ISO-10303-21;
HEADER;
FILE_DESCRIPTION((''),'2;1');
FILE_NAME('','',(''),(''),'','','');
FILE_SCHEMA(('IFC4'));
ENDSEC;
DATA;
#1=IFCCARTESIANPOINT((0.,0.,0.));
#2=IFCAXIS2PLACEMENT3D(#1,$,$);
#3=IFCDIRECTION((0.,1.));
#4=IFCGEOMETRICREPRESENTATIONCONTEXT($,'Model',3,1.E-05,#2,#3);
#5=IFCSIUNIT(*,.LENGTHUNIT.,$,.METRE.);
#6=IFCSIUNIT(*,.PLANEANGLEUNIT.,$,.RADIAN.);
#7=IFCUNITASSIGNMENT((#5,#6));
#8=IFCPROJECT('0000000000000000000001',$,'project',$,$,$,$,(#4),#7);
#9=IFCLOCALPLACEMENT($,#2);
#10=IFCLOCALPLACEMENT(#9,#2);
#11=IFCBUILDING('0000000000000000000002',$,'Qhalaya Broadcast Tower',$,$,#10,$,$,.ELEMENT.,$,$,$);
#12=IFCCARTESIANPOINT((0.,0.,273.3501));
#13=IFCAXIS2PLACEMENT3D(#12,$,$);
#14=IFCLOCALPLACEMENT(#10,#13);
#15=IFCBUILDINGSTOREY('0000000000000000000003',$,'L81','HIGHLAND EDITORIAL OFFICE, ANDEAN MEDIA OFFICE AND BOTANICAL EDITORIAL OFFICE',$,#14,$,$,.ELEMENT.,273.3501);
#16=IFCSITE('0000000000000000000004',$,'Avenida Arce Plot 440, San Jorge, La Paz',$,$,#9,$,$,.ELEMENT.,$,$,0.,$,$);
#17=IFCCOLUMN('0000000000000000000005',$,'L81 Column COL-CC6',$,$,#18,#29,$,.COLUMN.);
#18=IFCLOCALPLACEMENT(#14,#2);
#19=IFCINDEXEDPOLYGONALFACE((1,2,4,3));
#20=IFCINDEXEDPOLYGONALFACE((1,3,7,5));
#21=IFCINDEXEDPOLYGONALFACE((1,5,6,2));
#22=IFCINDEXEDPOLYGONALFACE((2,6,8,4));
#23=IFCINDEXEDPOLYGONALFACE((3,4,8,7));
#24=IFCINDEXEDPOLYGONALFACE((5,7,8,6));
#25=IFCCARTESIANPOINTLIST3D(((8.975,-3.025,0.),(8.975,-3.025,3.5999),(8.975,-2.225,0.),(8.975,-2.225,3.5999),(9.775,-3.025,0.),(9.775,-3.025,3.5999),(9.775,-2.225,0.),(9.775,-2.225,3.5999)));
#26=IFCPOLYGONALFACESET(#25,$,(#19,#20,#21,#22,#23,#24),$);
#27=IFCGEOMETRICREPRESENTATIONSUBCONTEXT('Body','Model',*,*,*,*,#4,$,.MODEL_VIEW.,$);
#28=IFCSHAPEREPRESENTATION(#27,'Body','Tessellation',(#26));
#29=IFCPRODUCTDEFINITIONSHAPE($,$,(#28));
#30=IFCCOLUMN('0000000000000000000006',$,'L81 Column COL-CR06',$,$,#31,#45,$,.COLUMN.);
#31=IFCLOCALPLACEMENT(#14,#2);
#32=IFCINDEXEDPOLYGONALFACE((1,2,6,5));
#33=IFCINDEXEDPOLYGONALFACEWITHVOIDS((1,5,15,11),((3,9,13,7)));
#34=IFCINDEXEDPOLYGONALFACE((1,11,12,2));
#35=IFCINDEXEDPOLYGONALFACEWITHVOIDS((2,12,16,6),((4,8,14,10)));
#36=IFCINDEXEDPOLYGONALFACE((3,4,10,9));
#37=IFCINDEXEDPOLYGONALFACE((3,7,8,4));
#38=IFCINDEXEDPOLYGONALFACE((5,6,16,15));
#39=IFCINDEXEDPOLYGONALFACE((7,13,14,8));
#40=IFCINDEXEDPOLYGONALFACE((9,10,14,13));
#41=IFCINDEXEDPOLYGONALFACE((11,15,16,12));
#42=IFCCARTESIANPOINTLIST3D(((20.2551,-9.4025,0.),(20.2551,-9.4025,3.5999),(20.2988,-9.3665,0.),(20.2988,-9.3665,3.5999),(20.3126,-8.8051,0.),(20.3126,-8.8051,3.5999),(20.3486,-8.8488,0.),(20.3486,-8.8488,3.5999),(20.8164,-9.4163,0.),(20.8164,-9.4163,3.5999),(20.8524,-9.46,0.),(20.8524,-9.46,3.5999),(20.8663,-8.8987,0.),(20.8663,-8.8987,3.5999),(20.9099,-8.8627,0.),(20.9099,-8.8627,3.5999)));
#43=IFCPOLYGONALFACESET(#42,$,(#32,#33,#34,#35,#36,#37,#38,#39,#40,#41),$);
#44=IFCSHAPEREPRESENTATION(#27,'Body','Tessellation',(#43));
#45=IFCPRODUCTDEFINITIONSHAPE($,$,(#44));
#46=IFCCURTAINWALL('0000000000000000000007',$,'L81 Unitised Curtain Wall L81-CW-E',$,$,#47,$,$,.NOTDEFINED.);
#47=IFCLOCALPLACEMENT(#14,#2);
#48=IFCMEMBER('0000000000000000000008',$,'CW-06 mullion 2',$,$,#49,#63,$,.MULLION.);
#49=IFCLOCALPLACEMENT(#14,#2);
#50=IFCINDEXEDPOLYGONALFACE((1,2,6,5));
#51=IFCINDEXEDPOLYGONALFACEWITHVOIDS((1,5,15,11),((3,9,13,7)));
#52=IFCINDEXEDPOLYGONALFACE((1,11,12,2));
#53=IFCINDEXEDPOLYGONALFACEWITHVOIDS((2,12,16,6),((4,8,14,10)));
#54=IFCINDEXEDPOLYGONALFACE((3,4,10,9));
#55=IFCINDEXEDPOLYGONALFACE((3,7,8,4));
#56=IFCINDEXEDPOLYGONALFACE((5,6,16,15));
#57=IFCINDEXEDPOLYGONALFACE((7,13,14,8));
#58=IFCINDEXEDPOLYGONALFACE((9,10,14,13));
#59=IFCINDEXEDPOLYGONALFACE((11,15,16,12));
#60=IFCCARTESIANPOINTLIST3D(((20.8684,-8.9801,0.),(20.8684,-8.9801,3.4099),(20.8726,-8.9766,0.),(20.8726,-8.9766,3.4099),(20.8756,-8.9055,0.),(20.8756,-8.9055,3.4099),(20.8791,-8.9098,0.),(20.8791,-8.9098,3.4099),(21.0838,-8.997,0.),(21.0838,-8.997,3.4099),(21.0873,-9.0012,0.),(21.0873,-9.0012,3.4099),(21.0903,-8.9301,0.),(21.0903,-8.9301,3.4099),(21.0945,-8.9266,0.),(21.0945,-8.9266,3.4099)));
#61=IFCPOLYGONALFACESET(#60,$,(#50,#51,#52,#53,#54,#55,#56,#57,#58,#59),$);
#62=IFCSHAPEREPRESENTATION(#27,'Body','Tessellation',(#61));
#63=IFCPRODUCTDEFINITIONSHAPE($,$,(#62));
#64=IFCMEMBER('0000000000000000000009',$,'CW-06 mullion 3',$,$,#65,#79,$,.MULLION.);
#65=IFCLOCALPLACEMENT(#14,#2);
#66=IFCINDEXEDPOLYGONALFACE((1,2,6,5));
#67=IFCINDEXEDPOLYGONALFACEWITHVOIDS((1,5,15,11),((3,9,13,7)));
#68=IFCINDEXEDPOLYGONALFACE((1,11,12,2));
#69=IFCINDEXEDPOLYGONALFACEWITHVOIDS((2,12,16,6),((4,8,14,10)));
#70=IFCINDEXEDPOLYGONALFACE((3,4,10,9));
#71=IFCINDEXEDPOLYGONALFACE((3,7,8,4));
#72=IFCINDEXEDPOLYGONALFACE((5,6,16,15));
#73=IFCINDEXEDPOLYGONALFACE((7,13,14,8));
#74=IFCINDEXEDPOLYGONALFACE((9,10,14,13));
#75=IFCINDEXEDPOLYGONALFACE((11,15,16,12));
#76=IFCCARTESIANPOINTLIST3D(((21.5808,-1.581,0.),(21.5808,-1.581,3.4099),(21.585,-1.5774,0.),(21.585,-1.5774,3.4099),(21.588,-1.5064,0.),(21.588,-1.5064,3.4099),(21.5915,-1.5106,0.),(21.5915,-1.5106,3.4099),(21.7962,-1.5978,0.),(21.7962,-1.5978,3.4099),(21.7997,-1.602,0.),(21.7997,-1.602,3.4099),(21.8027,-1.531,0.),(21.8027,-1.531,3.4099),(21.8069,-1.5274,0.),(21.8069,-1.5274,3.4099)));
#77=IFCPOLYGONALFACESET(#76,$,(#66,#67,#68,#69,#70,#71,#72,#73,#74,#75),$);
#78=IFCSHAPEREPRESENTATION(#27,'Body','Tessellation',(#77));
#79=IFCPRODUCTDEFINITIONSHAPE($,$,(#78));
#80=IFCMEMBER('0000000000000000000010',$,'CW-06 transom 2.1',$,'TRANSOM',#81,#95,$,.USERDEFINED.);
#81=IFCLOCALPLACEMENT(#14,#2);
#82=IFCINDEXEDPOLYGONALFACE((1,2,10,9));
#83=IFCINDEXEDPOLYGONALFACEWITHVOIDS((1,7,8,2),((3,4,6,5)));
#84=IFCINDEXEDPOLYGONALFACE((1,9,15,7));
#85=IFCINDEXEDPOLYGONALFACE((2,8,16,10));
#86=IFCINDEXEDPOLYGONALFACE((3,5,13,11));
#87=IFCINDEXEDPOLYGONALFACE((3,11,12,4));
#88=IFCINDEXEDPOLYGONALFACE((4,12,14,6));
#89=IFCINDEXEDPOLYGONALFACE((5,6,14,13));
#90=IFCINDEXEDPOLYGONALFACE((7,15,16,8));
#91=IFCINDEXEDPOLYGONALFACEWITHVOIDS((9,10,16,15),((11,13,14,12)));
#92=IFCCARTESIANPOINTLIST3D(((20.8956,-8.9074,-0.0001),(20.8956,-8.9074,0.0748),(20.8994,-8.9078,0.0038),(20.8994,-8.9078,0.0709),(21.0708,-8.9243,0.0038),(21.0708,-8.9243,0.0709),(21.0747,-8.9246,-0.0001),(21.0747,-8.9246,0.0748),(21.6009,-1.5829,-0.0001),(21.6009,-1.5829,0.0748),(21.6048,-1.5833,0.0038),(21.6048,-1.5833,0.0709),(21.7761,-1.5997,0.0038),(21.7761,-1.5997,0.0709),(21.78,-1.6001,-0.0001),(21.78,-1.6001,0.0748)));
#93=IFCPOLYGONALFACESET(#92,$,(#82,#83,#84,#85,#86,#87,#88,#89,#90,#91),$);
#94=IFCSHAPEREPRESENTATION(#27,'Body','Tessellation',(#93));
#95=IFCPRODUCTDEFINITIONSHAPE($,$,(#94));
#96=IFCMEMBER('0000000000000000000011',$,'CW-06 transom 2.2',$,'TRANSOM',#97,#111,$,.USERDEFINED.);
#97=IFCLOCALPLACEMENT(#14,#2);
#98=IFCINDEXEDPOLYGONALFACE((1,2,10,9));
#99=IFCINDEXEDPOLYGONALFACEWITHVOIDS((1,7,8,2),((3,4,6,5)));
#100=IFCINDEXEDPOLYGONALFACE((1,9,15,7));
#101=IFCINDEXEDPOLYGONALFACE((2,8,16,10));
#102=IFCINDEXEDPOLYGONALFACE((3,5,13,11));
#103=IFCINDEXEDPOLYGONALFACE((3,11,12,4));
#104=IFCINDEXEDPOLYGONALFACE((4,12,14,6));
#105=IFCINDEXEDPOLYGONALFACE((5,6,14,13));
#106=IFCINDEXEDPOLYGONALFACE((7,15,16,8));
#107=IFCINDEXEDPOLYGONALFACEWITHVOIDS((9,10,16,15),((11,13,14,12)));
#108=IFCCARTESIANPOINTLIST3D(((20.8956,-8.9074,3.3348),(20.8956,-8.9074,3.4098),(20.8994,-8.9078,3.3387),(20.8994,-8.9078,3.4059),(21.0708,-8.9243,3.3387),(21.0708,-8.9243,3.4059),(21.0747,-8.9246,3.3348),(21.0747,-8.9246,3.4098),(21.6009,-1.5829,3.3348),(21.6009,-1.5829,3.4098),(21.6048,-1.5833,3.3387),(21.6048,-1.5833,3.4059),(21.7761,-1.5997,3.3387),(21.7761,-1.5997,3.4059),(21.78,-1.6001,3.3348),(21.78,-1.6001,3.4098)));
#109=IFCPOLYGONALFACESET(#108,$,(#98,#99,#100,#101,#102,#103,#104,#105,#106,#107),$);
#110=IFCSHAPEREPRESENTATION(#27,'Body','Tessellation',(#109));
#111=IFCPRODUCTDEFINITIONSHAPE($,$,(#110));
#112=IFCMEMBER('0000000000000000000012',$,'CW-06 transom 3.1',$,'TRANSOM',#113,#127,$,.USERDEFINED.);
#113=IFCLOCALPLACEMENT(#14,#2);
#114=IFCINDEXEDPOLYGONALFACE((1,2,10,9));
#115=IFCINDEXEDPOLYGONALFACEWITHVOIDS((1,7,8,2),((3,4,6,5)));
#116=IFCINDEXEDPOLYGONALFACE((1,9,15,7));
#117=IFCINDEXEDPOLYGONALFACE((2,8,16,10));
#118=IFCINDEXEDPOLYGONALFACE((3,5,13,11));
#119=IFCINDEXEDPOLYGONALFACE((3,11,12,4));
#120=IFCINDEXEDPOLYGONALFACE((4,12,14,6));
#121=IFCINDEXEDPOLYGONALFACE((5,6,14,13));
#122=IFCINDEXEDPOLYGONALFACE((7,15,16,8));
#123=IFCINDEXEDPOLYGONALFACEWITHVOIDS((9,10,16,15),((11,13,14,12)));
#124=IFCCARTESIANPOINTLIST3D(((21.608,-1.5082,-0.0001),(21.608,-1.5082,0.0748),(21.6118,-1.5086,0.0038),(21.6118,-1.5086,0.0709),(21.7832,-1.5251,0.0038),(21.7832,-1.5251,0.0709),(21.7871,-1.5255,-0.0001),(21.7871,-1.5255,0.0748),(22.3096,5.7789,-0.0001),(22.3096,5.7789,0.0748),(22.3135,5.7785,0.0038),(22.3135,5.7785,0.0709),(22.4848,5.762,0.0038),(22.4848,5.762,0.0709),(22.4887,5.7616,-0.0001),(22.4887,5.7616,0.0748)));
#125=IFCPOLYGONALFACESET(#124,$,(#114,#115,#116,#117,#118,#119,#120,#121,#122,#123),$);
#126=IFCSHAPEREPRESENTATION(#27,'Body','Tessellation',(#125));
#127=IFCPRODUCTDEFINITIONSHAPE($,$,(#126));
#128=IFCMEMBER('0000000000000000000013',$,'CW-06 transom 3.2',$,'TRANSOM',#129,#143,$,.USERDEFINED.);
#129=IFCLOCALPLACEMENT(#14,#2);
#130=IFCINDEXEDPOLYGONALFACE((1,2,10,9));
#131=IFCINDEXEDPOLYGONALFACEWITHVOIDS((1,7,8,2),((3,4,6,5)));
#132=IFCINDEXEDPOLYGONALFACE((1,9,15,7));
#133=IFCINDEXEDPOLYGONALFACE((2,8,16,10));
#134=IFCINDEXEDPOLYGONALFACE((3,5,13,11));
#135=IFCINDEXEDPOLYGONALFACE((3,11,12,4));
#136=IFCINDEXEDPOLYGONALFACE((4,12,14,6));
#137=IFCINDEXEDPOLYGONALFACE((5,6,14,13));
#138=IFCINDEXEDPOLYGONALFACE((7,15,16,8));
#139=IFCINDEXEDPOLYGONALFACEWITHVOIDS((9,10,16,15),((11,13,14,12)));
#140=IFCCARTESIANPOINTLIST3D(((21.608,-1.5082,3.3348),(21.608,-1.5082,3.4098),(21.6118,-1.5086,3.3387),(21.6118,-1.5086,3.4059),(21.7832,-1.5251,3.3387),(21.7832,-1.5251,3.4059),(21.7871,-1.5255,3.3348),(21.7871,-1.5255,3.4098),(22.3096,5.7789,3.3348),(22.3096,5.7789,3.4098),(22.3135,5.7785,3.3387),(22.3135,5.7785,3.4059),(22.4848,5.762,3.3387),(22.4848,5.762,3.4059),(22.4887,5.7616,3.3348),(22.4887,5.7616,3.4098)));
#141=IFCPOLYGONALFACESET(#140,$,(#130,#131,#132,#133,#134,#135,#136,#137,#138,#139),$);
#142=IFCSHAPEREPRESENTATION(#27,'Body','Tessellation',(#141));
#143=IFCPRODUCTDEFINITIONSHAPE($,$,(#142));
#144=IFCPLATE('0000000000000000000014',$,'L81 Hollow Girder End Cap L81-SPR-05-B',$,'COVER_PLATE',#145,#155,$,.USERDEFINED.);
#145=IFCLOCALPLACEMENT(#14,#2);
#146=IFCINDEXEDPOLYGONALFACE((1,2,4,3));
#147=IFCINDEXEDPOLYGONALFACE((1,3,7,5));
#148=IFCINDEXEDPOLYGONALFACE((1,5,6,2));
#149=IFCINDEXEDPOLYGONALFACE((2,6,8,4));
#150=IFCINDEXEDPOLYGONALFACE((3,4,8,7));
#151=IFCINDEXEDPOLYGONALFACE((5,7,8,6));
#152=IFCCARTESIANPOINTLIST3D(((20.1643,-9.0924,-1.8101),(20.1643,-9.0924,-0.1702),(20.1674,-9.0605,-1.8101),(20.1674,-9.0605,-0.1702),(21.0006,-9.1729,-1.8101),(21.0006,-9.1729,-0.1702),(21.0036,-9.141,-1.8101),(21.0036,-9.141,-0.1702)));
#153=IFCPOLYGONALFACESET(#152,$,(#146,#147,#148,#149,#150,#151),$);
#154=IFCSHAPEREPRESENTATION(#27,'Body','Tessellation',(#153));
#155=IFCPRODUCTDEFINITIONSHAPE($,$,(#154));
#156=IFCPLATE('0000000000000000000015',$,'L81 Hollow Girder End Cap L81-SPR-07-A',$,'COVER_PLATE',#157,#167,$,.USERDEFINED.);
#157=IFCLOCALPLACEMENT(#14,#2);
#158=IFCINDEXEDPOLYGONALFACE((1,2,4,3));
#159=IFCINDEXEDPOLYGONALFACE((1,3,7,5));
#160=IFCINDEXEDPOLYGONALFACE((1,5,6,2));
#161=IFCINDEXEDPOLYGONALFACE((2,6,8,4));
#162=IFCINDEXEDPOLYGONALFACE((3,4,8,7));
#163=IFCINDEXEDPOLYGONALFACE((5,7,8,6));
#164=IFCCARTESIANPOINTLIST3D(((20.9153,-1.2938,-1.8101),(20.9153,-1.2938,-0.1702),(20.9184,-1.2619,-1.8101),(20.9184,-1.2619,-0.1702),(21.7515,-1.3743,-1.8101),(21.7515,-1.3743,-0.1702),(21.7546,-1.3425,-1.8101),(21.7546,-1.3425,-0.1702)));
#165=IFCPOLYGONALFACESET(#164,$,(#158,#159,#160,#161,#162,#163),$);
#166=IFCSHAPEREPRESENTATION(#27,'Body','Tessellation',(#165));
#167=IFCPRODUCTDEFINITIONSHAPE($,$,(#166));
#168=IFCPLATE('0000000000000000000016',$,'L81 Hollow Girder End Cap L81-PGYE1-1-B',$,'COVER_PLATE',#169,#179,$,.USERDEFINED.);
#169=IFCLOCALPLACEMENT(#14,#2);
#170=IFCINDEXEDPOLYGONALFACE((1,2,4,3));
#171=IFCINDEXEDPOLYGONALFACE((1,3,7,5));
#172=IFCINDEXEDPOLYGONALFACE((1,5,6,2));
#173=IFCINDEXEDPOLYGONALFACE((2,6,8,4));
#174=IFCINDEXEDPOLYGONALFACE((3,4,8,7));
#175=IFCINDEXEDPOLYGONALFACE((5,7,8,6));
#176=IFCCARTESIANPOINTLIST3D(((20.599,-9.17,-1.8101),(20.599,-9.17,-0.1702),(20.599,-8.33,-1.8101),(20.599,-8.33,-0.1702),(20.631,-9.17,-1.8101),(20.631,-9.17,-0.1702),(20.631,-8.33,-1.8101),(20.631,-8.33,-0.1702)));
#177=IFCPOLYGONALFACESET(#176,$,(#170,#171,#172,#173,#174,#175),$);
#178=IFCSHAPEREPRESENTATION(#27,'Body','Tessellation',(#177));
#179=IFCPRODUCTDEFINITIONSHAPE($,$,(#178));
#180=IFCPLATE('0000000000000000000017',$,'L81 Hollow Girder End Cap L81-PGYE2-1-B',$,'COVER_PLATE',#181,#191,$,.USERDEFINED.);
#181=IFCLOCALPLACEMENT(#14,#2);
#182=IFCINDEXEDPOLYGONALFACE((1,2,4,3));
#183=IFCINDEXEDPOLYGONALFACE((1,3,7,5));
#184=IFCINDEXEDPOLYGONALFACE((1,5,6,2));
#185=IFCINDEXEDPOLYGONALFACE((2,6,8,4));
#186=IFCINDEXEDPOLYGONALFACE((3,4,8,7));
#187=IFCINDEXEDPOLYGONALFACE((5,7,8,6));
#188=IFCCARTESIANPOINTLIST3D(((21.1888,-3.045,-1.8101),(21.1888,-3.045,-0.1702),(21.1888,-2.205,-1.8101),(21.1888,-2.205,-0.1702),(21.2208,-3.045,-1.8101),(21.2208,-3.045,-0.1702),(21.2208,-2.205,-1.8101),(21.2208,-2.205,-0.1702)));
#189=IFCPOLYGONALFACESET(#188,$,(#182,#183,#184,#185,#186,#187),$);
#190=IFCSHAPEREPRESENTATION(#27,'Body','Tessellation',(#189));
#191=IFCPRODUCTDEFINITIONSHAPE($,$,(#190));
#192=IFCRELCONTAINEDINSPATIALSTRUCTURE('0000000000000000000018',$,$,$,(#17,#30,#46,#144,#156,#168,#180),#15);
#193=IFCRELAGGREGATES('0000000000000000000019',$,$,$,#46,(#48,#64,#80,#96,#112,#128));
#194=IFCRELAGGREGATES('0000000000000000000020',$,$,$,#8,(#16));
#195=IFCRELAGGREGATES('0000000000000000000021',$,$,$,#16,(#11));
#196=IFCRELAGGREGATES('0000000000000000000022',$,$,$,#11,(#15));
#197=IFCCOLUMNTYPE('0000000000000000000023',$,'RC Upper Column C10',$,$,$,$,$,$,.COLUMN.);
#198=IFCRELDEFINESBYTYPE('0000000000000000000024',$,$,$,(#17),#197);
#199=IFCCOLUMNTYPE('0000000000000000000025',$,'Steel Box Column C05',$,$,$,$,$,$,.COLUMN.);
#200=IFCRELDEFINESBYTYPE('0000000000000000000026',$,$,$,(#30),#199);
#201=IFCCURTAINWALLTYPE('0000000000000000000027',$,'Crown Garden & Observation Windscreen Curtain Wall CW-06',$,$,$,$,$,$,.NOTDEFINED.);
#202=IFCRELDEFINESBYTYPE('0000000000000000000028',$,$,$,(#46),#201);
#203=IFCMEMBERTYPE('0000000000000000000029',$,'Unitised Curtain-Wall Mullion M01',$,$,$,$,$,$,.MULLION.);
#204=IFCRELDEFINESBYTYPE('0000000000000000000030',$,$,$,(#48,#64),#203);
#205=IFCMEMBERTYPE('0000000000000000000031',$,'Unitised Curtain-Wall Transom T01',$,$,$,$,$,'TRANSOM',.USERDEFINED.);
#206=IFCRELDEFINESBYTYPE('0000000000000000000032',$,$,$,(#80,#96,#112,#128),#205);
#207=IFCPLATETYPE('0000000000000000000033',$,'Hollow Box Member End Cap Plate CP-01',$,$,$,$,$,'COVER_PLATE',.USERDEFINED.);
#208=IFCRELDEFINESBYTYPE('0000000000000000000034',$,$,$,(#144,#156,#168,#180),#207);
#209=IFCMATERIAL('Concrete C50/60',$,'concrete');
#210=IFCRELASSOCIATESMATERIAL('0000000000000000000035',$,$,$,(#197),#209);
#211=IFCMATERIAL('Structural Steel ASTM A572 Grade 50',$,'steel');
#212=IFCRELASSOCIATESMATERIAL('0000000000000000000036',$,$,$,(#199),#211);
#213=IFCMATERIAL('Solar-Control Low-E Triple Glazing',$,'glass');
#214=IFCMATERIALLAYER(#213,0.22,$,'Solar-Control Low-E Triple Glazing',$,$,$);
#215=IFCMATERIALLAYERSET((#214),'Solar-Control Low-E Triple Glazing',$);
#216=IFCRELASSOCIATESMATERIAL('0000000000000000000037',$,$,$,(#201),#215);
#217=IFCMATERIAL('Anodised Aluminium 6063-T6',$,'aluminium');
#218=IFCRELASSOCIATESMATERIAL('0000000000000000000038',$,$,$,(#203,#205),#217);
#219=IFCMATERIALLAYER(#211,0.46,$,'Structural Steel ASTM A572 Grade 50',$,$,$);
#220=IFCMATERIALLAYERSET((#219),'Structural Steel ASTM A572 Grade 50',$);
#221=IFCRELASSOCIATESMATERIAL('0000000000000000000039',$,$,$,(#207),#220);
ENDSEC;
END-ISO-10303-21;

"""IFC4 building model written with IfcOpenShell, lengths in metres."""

from ifc_helpers import new_model, si_unit, direction, frame, origin, origin_2d, place, context, subcontext, project, spatial, rectangle, hollow_rectangle, extrude, material, layer, layer_set, material_profile, profile_set, type_object, element, aggregate, save


model = new_model("IFC4")

# Units and contexts
model_context = context("Model", 3, precision=1e-05, world=origin(), true_north=direction((0.0, 1.0)))
body_context = subcontext(model_context, "Body", "Model", "MODEL_VIEW")
ifc_project = project(units=[si_unit("LENGTHUNIT", "METRE"), si_unit("PLANEANGLEUNIT", "RADIAN")], contexts=[model_context])

# Site, building, storey
site_placement = place(None, origin())
site = spatial("IfcSite", under=ifc_project, at=site_placement, Name="Avenida Arce Plot 440, San Jorge, La Paz", CompositionType="ELEMENT", RefElevation=0.0)
building_placement = place(site_placement, origin())
building = spatial("IfcBuilding", under=site, at=building_placement, Name="Qhalaya Broadcast Tower", CompositionType="ELEMENT")
storey_placement = place(building_placement, frame((0.0, 0.0, 273.3501)))
storey = spatial("IfcBuildingStorey", under=building, at=storey_placement, Name="L81", Description="HIGHLAND EDITORIAL OFFICE, ANDEAN MEDIA OFFICE AND BOTANICAL EDITORIAL OFFICE", CompositionType="ELEMENT", Elevation=273.3501)

# Columns
ifc_material_1 = material(Name="Concrete C50/60", Category="concrete")
ifc_material_profile_1 = material_profile(ifc_material_1, rectangle(XDim=0.8, YDim=0.8, at=origin_2d()), Name="RC-COL 800x800")
ifc_profile_set_1 = profile_set([ifc_material_profile_1], Name="Concrete C50/60")
column_type_1 = type_object("IfcColumnType", Name="RC Upper Column C10", PredefinedType="COLUMN", material=ifc_profile_set_1)
column_1_placement = place(storey_placement, frame((9.375, -2.625, 0.0), z_axis=(0.0, 0.0, 1.0), x_axis=(1.0, 0.0, 0.0)))
element("IfcColumn", 1, at=column_1_placement, inside=storey, type_object=column_type_1, Name="L81 Column COL-CC6", PredefinedType="COLUMN", context=body_context, shape_type="SweptSolid", body=[
    extrude(rectangle(XDim=0.8, YDim=0.8, at=origin_2d()), origin(), (0.0, 0.0, 1.0), 3.5999),
])
ifc_material_2 = material(Name="Structural Steel ASTM A572 Grade 50", Category="steel")
ifc_material_profile_2 = material_profile(ifc_material_2, hollow_rectangle(XDim=0.6001, YDim=0.6001, WallThickness=0.04, at=origin_2d()), Name="BOX 600x600x40")
ifc_profile_set_2 = profile_set([ifc_material_profile_2], Name="Structural Steel ASTM A572 Grade 50")
column_type_2 = type_object("IfcColumnType", Name="Steel Box Column C05", PredefinedType="COLUMN", material=ifc_profile_set_2)
column_2_placement = place(storey_placement, frame((20.5825, -9.1326, 0.0), z_axis=(0.0, 0.0, 1.0), x_axis=(0.095846, 0.995396, 0.0)))
element("IfcColumn", 2, at=column_2_placement, inside=storey, type_object=column_type_2, Name="L81 Column COL-CR06", PredefinedType="COLUMN", context=body_context, shape_type="SweptSolid", body=[
    extrude(hollow_rectangle(XDim=0.6001, YDim=0.6001, WallThickness=0.04, at=origin_2d()), origin(), (0.0, 0.0, 1.0), 3.5999),
])

# Curtain wall, members
ifc_material_3 = material(Name="Solar-Control Low-E Triple Glazing", Category="glass")
ifc_layer_1 = layer(ifc_material_3, 0.22, Name="Solar-Control Low-E Triple Glazing")
ifc_layer_set_1 = layer_set([ifc_layer_1], Name="Solar-Control Low-E Triple Glazing")
curtain_wall_type = type_object("IfcCurtainWallType", Name="Crown Garden & Observation Windscreen Curtain Wall CW-06", PredefinedType="NOTDEFINED", material=ifc_layer_set_1)
curtain_wall_placement = place(storey_placement, origin())
curtain_wall = element("IfcCurtainWall", 3, at=curtain_wall_placement, inside=storey, type_object=curtain_wall_type, Name="L81 Unitised Curtain Wall L81-CW-E", PredefinedType="NOTDEFINED")
ifc_material_4 = material(Name="Anodised Aluminium 6063-T6", Category="aluminium")
ifc_material_profile_3 = material_profile(ifc_material_4, hollow_rectangle(XDim=0.075, YDim=0.22, WallThickness=0.0039, at=origin_2d()), Name="ALU-MUL 75x220x4")
ifc_profile_set_3 = profile_set([ifc_material_profile_3], Name="Anodised Aluminium 6063-T6")
member_type_1 = type_object("IfcMemberType", Name="Unitised Curtain-Wall Mullion M01", PredefinedType="MULLION", material=ifc_profile_set_3)
member_1_placement = place(storey_placement, frame((20.9814, -8.9534, 0.0), z_axis=(0.0, 0.0, 1.0), x_axis=(0.095848, 0.995396, 0.0)))
member_1 = element("IfcMember", 4, at=member_1_placement, type_object=member_type_1, Name="CW-06 mullion 2", PredefinedType="MULLION", context=body_context, shape_type="SweptSolid", body=[
    extrude(hollow_rectangle(XDim=0.075, YDim=0.22, WallThickness=0.0039, at=origin_2d()), origin(), (0.0, 0.0, 1.0), 3.4099),
])
member_2_placement = place(storey_placement, frame((21.6938, -1.5542, 0.0), z_axis=(0.0, 0.0, 1.0), x_axis=(0.095848, 0.995396, 0.0)))
member_2 = element("IfcMember", 5, at=member_2_placement, type_object=member_type_1, Name="CW-06 mullion 3", PredefinedType="MULLION", context=body_context, shape_type="SweptSolid", body=[
    extrude(hollow_rectangle(XDim=0.075, YDim=0.22, WallThickness=0.0039, at=origin_2d()), origin(), (0.0, 0.0, 1.0), 3.4099),
])
ifc_material_profile_4 = material_profile(ifc_material_4, hollow_rectangle(XDim=0.075, YDim=0.1799, WallThickness=0.0039, at=origin_2d()), Name="ALU-TRN 75x180x4")
ifc_profile_set_4 = profile_set([ifc_material_profile_4], Name="Anodised Aluminium 6063-T6")
member_type_2 = type_object("IfcMemberType", Name="Unitised Curtain-Wall Transom T01", ElementType="TRANSOM", PredefinedType="USERDEFINED", material=ifc_profile_set_4)
member_3_placement = place(storey_placement, frame((20.9851, -8.916, 0.0374), z_axis=(0.095853, 0.995395, 0.0), x_axis=(0.0, 0.0, 1.0)))
member_3 = element("IfcMember", 6, at=member_3_placement, type_object=member_type_2, Name="CW-06 transom 2.1", ObjectType="TRANSOM", PredefinedType="USERDEFINED", context=body_context, shape_type="SweptSolid", body=[
    extrude(hollow_rectangle(XDim=0.075, YDim=0.1799, WallThickness=0.0039, at=origin_2d()), origin(), (0.0, 0.0, 1.0), 7.3584),
])
member_4_placement = place(storey_placement, frame((20.9851, -8.916, 3.3723), z_axis=(0.095853, 0.995395, 0.0), x_axis=(0.0, 0.0, 1.0)))
member_4 = element("IfcMember", 7, at=member_4_placement, type_object=member_type_2, Name="CW-06 transom 2.2", ObjectType="TRANSOM", PredefinedType="USERDEFINED", context=body_context, shape_type="SweptSolid", body=[
    extrude(hollow_rectangle(XDim=0.075, YDim=0.1799, WallThickness=0.0039, at=origin_2d()), origin(), (0.0, 0.0, 1.0), 7.3584),
])
member_5_placement = place(storey_placement, frame((21.6975, -1.5168, 0.0374), z_axis=(0.095845, 0.995396, 0.0), x_axis=(0.0, 0.0, 1.0)))
member_5 = element("IfcMember", 8, at=member_5_placement, type_object=member_type_2, Name="CW-06 transom 3.1", ObjectType="TRANSOM", PredefinedType="USERDEFINED", context=body_context, shape_type="SweptSolid", body=[
    extrude(hollow_rectangle(XDim=0.075, YDim=0.1799, WallThickness=0.0039, at=origin_2d()), origin(), (0.0, 0.0, 1.0), 7.3208),
])
member_6_placement = place(storey_placement, frame((21.6975, -1.5168, 3.3723), z_axis=(0.095845, 0.995396, 0.0), x_axis=(0.0, 0.0, 1.0)))
member_6 = element("IfcMember", 9, at=member_6_placement, type_object=member_type_2, Name="CW-06 transom 3.2", ObjectType="TRANSOM", PredefinedType="USERDEFINED", context=body_context, shape_type="SweptSolid", body=[
    extrude(hollow_rectangle(XDim=0.075, YDim=0.1799, WallThickness=0.0039, at=origin_2d()), origin(), (0.0, 0.0, 1.0), 7.3208),
])

# Plates
ifc_layer_2 = layer(ifc_material_2, 0.46, Name="Structural Steel ASTM A572 Grade 50")
ifc_layer_set_2 = layer_set([ifc_layer_2], Name="Structural Steel ASTM A572 Grade 50")
plate_type_1 = type_object("IfcPlateType", Name="Hollow Box Member End Cap Plate CP-01", ElementType="COVER_PLATE", PredefinedType="USERDEFINED", material=ifc_layer_set_2)
for number, where, z_axis, x_axis, name in (
    (10, (20.584, -9.1167, -1.8101), (0.0, 0.0, 1.0), (-0.995398, 0.095828, 0.0), "L81 Hollow Girder End Cap L81-SPR-05-B"),
    (11, (21.335, -1.3181, -1.8101), (0.0, 0.0, 1.0), (-0.995396, 0.095846, 0.0), "L81 Hollow Girder End Cap L81-SPR-07-A"),
    (12, (20.615, -8.75, -1.8101), (0.0, 0.0, 1.0), (0.0, 1.0, 0.0), "L81 Hollow Girder End Cap L81-PGYE1-1-B"),
    (13, (21.2048, -2.625, -1.8101), (0.0, 0.0, 1.0), (0.0, 1.0, 0.0), "L81 Hollow Girder End Cap L81-PGYE2-1-B"),
):
    element("IfcPlate", number, at=place(storey_placement, frame(where, z_axis=z_axis, x_axis=x_axis)), inside=storey, type_object=plate_type_1, Name=name, ObjectType="COVER_PLATE", PredefinedType="USERDEFINED", context=body_context, shape_type="SweptSolid", body=[
        extrude(rectangle(XDim=0.8401, YDim=0.032, at=origin_2d()), origin(), (0.0, 0.0, 1.0), 1.6399),
    ])

aggregate(curtain_wall, [member_1, member_2, member_3, member_4, member_5, member_6])

save(model, "model.ifc")
